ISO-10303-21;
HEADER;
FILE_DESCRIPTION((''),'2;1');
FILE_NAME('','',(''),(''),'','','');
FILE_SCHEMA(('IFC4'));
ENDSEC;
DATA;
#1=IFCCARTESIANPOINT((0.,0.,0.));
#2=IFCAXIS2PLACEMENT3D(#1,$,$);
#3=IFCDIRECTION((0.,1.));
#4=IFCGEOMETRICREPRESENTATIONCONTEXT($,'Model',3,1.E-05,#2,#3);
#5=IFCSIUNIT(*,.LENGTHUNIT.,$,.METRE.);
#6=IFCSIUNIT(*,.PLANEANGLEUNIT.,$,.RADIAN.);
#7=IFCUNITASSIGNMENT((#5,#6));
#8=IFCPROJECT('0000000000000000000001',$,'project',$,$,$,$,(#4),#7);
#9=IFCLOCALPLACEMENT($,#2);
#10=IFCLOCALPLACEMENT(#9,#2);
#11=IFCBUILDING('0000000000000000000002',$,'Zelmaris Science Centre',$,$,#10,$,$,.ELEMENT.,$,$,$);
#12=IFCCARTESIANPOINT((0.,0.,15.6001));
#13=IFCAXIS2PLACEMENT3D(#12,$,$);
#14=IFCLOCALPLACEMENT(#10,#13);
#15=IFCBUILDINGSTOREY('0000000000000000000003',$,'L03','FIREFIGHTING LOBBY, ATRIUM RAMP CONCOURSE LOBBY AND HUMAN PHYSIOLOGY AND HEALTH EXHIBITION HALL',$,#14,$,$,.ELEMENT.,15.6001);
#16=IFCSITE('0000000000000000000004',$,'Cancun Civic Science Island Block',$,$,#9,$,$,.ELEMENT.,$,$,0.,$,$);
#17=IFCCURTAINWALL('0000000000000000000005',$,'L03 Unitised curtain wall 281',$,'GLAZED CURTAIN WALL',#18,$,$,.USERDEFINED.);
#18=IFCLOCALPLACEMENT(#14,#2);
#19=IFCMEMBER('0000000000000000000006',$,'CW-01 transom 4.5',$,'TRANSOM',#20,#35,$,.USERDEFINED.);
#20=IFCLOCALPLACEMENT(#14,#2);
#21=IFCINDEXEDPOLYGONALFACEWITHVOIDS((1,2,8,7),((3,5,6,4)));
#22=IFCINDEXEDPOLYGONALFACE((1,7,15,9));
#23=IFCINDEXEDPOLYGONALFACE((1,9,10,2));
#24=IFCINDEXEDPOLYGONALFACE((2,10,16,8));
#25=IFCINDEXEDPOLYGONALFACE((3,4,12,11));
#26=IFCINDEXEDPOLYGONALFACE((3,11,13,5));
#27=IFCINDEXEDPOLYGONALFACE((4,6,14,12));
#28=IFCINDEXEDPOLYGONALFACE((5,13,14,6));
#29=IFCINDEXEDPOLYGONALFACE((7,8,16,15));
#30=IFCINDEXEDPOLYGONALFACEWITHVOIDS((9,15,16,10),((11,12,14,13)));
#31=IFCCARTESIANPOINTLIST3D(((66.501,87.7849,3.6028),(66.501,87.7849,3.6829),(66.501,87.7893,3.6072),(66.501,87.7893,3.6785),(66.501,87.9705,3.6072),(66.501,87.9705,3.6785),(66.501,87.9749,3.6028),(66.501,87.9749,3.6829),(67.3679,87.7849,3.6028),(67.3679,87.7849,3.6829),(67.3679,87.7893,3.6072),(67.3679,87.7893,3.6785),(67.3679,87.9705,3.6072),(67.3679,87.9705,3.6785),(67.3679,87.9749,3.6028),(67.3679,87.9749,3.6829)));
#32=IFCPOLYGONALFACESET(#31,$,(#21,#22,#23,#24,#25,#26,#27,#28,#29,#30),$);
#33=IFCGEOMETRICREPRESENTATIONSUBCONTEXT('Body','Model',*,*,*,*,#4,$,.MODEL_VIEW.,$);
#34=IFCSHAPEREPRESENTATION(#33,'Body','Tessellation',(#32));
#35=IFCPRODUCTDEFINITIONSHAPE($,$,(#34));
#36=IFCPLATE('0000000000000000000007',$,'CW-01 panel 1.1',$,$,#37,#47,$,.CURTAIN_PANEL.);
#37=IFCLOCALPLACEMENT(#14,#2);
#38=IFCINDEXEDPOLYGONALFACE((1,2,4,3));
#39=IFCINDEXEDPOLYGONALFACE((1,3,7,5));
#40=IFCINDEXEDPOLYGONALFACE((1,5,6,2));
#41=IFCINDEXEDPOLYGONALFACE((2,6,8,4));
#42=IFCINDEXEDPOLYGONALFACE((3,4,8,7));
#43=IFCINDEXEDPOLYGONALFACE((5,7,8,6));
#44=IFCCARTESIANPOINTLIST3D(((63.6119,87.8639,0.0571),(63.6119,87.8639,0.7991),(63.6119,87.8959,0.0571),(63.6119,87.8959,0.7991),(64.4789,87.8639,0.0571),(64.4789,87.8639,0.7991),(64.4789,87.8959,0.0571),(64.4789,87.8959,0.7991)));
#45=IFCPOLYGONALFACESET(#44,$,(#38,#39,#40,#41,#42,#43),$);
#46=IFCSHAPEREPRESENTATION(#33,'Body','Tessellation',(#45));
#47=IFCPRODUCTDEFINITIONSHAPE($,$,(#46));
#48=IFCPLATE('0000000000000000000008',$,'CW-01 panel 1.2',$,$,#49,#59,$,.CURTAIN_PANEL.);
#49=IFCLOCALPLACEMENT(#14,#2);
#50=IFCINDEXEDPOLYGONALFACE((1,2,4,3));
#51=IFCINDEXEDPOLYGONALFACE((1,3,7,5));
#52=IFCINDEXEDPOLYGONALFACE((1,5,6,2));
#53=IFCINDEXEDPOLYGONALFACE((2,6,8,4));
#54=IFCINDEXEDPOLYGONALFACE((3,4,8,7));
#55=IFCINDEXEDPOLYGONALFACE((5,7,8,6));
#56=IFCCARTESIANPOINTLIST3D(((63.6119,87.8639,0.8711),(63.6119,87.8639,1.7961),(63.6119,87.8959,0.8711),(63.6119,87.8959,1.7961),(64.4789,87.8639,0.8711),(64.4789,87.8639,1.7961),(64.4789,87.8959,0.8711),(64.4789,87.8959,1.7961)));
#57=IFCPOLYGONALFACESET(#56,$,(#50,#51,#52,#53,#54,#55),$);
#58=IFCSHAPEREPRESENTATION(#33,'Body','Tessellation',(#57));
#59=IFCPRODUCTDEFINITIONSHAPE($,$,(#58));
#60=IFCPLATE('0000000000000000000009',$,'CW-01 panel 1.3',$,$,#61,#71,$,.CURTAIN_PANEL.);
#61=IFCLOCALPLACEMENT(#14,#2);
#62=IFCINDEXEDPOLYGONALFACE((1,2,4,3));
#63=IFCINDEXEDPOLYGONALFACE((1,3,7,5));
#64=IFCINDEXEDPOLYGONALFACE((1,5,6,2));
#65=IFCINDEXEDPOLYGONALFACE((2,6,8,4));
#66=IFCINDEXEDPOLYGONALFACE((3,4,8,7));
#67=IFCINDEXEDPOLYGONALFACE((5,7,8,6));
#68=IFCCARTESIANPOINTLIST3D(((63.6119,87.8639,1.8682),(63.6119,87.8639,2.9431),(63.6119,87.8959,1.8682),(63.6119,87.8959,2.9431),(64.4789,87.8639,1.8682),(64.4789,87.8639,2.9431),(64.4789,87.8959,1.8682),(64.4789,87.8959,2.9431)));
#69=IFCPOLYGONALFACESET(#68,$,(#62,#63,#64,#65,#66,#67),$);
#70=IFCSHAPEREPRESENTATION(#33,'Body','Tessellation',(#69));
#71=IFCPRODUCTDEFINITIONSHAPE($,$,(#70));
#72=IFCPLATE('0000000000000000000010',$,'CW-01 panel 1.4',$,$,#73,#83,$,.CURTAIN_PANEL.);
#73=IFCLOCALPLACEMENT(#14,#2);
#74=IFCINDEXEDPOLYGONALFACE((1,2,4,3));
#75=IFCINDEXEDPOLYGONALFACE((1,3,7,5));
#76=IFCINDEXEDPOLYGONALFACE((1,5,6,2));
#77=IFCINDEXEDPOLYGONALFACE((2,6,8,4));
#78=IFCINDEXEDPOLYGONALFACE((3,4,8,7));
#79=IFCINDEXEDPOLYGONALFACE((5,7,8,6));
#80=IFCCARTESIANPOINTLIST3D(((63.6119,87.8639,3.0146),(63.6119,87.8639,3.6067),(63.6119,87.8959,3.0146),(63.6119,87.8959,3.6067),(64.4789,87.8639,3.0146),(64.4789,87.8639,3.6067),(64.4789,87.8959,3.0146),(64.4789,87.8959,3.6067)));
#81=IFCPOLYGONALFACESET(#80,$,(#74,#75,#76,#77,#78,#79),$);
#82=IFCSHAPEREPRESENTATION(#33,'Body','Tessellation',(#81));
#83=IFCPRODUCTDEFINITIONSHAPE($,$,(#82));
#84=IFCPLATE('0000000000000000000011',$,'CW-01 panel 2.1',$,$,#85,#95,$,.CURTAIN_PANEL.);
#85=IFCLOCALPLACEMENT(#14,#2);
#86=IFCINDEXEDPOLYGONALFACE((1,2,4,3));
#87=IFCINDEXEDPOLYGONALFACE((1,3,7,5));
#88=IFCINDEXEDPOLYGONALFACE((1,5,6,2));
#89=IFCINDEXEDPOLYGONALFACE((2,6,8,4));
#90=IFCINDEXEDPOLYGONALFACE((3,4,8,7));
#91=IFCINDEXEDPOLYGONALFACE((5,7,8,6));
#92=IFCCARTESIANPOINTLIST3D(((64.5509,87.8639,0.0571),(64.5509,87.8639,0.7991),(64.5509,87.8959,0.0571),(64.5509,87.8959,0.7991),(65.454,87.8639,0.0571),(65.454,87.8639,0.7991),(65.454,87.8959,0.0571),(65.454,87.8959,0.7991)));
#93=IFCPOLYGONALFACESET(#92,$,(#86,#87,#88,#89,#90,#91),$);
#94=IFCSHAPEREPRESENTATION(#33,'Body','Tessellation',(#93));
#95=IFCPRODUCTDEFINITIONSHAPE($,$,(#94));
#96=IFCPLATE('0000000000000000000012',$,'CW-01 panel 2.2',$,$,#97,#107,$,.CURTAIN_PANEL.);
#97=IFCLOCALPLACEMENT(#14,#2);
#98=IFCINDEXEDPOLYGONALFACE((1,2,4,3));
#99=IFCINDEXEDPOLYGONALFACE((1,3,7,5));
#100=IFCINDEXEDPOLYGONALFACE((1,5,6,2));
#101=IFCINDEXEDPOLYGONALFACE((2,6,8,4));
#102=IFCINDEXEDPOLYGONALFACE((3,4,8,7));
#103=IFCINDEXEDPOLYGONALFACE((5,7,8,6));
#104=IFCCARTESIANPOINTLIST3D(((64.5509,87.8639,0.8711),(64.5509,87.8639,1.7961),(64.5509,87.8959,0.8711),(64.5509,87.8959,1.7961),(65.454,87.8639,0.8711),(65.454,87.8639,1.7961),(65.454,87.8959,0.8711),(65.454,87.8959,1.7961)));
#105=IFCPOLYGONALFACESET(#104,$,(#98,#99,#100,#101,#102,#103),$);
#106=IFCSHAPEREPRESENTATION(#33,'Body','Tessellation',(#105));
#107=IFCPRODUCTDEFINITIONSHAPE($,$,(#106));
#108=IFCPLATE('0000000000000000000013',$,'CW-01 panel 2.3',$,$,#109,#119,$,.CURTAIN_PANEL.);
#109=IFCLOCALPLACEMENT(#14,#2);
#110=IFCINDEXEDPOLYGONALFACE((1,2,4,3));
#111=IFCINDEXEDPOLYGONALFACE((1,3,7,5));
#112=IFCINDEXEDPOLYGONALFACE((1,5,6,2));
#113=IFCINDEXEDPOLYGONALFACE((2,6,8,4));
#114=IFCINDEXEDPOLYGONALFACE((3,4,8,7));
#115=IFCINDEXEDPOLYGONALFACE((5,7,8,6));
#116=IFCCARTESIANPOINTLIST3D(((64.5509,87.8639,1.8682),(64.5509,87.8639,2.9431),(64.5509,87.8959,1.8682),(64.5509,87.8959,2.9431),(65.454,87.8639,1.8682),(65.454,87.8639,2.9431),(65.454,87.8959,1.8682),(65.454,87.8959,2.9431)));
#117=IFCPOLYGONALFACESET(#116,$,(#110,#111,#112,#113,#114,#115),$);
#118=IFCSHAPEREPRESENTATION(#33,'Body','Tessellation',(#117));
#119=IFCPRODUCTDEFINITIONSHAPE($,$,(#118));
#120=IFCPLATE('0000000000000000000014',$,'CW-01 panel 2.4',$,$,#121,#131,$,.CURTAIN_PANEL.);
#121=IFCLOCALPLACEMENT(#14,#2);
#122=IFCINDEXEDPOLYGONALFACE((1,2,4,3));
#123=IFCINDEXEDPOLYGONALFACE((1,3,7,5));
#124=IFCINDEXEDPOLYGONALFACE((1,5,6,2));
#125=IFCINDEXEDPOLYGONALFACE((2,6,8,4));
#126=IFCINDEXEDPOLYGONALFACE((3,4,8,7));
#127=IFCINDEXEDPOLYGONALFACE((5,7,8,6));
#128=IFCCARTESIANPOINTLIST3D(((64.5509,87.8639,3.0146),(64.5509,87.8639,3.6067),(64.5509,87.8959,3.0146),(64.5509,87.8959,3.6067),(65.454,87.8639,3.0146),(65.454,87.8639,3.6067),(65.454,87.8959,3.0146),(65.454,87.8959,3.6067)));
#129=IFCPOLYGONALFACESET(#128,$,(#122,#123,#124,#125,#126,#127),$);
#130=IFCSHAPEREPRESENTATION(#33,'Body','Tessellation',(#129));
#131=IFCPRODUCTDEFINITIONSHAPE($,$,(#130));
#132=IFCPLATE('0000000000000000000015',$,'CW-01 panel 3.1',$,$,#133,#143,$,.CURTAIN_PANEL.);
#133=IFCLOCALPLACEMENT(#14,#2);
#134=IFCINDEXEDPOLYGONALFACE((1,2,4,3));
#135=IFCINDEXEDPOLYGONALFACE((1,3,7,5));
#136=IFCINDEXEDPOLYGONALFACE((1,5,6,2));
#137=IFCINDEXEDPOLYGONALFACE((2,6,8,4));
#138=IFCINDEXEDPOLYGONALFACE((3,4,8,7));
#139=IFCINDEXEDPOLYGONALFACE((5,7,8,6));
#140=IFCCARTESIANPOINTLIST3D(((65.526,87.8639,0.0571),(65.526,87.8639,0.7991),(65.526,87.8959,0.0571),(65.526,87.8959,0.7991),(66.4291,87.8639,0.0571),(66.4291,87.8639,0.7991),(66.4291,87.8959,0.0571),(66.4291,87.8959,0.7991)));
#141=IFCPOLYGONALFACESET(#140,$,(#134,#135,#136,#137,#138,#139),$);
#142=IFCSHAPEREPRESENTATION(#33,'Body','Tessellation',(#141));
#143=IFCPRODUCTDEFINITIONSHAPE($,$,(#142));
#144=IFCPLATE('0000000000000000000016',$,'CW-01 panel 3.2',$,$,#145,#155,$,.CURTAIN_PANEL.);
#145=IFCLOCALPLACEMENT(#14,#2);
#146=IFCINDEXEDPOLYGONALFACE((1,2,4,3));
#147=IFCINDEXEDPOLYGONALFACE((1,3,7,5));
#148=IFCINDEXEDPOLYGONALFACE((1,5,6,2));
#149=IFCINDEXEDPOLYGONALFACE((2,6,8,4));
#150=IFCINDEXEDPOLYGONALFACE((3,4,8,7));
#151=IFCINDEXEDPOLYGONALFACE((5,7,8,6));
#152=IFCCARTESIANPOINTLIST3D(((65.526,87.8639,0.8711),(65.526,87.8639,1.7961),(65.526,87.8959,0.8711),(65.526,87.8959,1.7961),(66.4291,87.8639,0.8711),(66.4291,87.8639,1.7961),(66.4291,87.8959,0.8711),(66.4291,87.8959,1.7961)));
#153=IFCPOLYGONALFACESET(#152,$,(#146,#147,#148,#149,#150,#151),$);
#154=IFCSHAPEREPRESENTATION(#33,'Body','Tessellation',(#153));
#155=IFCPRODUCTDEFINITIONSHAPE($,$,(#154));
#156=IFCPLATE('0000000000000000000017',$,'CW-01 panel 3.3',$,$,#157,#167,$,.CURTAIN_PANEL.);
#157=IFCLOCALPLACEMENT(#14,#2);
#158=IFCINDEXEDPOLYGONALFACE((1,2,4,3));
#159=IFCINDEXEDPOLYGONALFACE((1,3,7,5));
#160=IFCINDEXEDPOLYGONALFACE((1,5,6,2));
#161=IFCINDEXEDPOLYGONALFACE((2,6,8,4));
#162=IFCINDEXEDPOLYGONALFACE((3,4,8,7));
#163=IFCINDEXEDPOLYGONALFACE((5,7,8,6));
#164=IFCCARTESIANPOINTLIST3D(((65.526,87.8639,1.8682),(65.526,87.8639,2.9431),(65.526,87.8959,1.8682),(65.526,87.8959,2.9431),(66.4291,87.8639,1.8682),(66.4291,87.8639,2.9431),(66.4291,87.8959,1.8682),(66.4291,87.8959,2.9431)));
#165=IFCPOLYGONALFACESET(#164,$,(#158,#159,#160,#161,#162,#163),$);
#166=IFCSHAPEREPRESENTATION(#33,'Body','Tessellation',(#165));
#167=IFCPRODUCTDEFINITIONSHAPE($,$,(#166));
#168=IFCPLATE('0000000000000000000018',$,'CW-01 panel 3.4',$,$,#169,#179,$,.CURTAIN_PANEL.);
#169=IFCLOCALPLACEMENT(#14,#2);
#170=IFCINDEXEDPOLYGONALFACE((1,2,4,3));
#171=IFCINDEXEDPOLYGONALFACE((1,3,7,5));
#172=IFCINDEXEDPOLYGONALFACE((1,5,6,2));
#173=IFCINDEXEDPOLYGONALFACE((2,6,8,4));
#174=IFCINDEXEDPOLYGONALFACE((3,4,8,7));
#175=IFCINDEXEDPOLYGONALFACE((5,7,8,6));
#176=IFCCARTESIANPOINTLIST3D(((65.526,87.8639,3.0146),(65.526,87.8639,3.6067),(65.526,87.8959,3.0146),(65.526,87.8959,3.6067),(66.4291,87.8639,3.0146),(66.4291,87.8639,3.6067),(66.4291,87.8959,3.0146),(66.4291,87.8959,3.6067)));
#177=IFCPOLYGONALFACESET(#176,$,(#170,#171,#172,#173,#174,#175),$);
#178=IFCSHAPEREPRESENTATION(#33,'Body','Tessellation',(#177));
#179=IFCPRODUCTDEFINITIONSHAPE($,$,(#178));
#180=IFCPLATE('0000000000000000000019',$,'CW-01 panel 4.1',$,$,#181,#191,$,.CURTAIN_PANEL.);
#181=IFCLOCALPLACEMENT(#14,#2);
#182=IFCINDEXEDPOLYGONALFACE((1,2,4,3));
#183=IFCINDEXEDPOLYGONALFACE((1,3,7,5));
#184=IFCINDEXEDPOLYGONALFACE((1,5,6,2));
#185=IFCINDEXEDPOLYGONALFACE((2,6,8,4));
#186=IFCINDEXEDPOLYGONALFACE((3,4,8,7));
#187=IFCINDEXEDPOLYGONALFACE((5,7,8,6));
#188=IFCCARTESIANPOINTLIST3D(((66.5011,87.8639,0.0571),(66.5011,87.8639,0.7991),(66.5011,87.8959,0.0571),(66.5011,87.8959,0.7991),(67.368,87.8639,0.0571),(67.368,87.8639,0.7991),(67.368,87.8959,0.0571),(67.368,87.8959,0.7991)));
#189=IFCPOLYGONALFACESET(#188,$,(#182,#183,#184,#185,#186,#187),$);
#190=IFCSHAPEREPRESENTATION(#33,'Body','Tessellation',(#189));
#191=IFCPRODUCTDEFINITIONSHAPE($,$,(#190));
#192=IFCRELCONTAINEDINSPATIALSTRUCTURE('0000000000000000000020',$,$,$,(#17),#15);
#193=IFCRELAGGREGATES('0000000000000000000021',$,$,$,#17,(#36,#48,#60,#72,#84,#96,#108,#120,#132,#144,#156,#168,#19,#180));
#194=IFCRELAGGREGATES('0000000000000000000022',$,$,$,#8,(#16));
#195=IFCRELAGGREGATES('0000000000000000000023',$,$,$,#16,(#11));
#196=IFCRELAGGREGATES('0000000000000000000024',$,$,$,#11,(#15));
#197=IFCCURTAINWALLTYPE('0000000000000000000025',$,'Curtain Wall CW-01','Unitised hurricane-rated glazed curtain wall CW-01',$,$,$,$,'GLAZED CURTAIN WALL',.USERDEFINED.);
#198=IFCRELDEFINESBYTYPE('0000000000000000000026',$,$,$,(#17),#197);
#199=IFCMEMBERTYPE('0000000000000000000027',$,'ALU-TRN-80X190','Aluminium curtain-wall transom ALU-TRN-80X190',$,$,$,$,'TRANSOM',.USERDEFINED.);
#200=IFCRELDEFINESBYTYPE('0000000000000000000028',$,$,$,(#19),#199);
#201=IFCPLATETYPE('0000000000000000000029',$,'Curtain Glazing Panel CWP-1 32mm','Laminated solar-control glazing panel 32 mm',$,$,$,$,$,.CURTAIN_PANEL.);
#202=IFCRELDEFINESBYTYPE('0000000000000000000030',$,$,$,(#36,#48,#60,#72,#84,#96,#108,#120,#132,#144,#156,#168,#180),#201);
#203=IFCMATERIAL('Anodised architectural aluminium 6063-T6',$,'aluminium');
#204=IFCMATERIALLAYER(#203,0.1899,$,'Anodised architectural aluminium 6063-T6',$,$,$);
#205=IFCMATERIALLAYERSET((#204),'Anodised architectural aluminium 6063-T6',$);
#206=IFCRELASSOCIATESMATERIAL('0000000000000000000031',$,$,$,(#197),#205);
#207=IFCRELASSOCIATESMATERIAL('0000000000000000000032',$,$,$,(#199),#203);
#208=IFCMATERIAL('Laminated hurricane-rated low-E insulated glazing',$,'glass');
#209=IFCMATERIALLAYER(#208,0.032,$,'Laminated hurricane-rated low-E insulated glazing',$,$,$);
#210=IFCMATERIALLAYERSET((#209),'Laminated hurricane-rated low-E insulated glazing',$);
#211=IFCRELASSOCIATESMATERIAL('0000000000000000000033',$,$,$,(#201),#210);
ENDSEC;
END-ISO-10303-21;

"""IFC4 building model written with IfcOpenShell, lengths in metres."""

from ifc_helpers import new_model, si_unit, direction, frame, origin, origin_2d, place, context, subcontext, project, spatial, rectangle, hollow_rectangle, extrude, material, layer, layer_set, material_profile, profile_set, type_object, element, aggregate, save


model = new_model("IFC4")

# Units and contexts
model_context = context("Model", 3, precision=1e-05, world=origin(), true_north=direction((0.0, 1.0)))
body_context = subcontext(model_context, "Body", "Model", "MODEL_VIEW")
ifc_project = project(units=[si_unit("LENGTHUNIT", "METRE"), si_unit("PLANEANGLEUNIT", "RADIAN")], contexts=[model_context])

# Site, building, storey
site_placement = place(None, origin())
site = spatial("IfcSite", under=ifc_project, at=site_placement, Name="Cancun Civic Science Island Block", CompositionType="ELEMENT", RefElevation=0.0)
building_placement = place(site_placement, origin())
building = spatial("IfcBuilding", under=site, at=building_placement, Name="Zelmaris Science Centre", CompositionType="ELEMENT")
storey_placement = place(building_placement, frame((0.0, 0.0, 15.6001)))
storey = spatial("IfcBuildingStorey", under=building, at=storey_placement, Name="L03", Description="FIREFIGHTING LOBBY, ATRIUM RAMP CONCOURSE LOBBY AND HUMAN PHYSIOLOGY AND HEALTH EXHIBITION HALL", CompositionType="ELEMENT", Elevation=15.6001)

# Curtain wall, member, plates
ifc_material_1 = material(Name="Anodised architectural aluminium 6063-T6", Category="aluminium")
ifc_layer_1 = layer(ifc_material_1, 0.1899, Name="Anodised architectural aluminium 6063-T6")
ifc_layer_set_1 = layer_set([ifc_layer_1], Name="Anodised architectural aluminium 6063-T6")
curtain_wall_type = type_object("IfcCurtainWallType", Name="Curtain Wall CW-01", Description="Unitised hurricane-rated glazed curtain wall CW-01", ElementType="GLAZED CURTAIN WALL", PredefinedType="USERDEFINED", material=ifc_layer_set_1)
curtain_wall_placement = place(storey_placement, origin())
curtain_wall = element("IfcCurtainWall", 1, at=curtain_wall_placement, inside=storey, type_object=curtain_wall_type, Name="L03 Unitised curtain wall 281", ObjectType="GLAZED CURTAIN WALL", PredefinedType="USERDEFINED")
ifc_material_profile_1 = material_profile(ifc_material_1, hollow_rectangle(XDim=0.0801, YDim=0.1899, WallThickness=0.0044, at=origin_2d()), Name="ALU-TRN-80X190")
ifc_profile_set_1 = profile_set([ifc_material_profile_1], Name="Anodised architectural aluminium 6063-T6")
member_type_1 = type_object("IfcMemberType", Name="ALU-TRN-80X190", Description="Aluminium curtain-wall transom ALU-TRN-80X190", ElementType="TRANSOM", PredefinedType="USERDEFINED", material=ifc_profile_set_1)
member_1_placement = place(storey_placement, frame((66.501, 87.8799, 3.6428), z_axis=(1.0, 0.0, 0.0), x_axis=(0.0, 0.0, 1.0)))
member_1 = element("IfcMember", 2, at=member_1_placement, type_object=member_type_1, Name="CW-01 transom 4.5", ObjectType="TRANSOM", PredefinedType="USERDEFINED", context=body_context, shape_type="SweptSolid", body=[
    extrude(hollow_rectangle(XDim=0.0801, YDim=0.1899, WallThickness=0.0044, at=origin_2d()), origin(), (0.0, 0.0, 1.0), 0.8669),
])
ifc_material_2 = material(Name="Laminated hurricane-rated low-E insulated glazing", Category="glass")
ifc_layer_2 = layer(ifc_material_2, 0.032, Name="Laminated hurricane-rated low-E insulated glazing")
ifc_layer_set_2 = layer_set([ifc_layer_2], Name="Laminated hurricane-rated low-E insulated glazing")
plate_type = type_object("IfcPlateType", Name="Curtain Glazing Panel CWP-1 32mm", Description="Laminated solar-control glazing panel 32 mm", PredefinedType="CURTAIN_PANEL", material=ifc_layer_set_2)
plate_1_placement = place(storey_placement, frame((64.0454, 87.8799, 0.0571), z_axis=(0.0, 0.0, 1.0), x_axis=(1.0, 0.0, 0.0)))
plate_1 = element("IfcPlate", 3, at=plate_1_placement, type_object=plate_type, Name="CW-01 panel 1.1", PredefinedType="CURTAIN_PANEL", context=body_context, shape_type="SweptSolid", body=[
    extrude(rectangle(XDim=0.8669, YDim=0.032, at=origin_2d()), origin(), (0.0, 0.0, 1.0), 0.7419),
])
plate_2_placement = place(storey_placement, frame((64.0454, 87.8799, 0.8711), z_axis=(0.0, 0.0, 1.0), x_axis=(1.0, 0.0, 0.0)))
plate_2 = element("IfcPlate", 4, at=plate_2_placement, type_object=plate_type, Name="CW-01 panel 1.2", PredefinedType="CURTAIN_PANEL", context=body_context, shape_type="SweptSolid", body=[
    extrude(rectangle(XDim=0.8669, YDim=0.032, at=origin_2d()), origin(), (0.0, 0.0, 1.0), 0.925),
])
plate_3_placement = place(storey_placement, frame((64.0454, 87.8799, 1.8682), z_axis=(0.0, 0.0, 1.0), x_axis=(1.0, 0.0, 0.0)))
plate_3 = element("IfcPlate", 5, at=plate_3_placement, type_object=plate_type, Name="CW-01 panel 1.3", PredefinedType="CURTAIN_PANEL", context=body_context, shape_type="SweptSolid", body=[
    extrude(rectangle(XDim=0.8669, YDim=0.032, at=origin_2d()), origin(), (0.0, 0.0, 1.0), 1.075),
])
plate_4_placement = place(storey_placement, frame((64.0454, 87.8799, 3.0146), z_axis=(0.0, 0.0, 1.0), x_axis=(1.0, 0.0, 0.0)))
plate_4 = element("IfcPlate", 6, at=plate_4_placement, type_object=plate_type, Name="CW-01 panel 1.4", PredefinedType="CURTAIN_PANEL", context=body_context, shape_type="SweptSolid", body=[
    extrude(rectangle(XDim=0.8669, YDim=0.032, at=origin_2d()), origin(), (0.0, 0.0, 1.0), 0.592),
])
plate_5_placement = place(storey_placement, frame((65.0024, 87.8799, 0.0571), z_axis=(0.0, 0.0, 1.0), x_axis=(1.0, 0.0, 0.0)))
plate_5 = element("IfcPlate", 7, at=plate_5_placement, type_object=plate_type, Name="CW-01 panel 2.1", PredefinedType="CURTAIN_PANEL", context=body_context, shape_type="SweptSolid", body=[
    extrude(rectangle(XDim=0.9031, YDim=0.032, at=origin_2d()), origin(), (0.0, 0.0, 1.0), 0.7419),
])
plate_6_placement = place(storey_placement, frame((65.0024, 87.8799, 0.8711), z_axis=(0.0, 0.0, 1.0), x_axis=(1.0, 0.0, 0.0)))
plate_6 = element("IfcPlate", 8, at=plate_6_placement, type_object=plate_type, Name="CW-01 panel 2.2", PredefinedType="CURTAIN_PANEL", context=body_context, shape_type="SweptSolid", body=[
    extrude(rectangle(XDim=0.9031, YDim=0.032, at=origin_2d()), origin(), (0.0, 0.0, 1.0), 0.925),
])
plate_7_placement = place(storey_placement, frame((65.0024, 87.8799, 1.8682), z_axis=(0.0, 0.0, 1.0), x_axis=(1.0, 0.0, 0.0)))
plate_7 = element("IfcPlate", 9, at=plate_7_placement, type_object=plate_type, Name="CW-01 panel 2.3", PredefinedType="CURTAIN_PANEL", context=body_context, shape_type="SweptSolid", body=[
    extrude(rectangle(XDim=0.9031, YDim=0.032, at=origin_2d()), origin(), (0.0, 0.0, 1.0), 1.075),
])
plate_8_placement = place(storey_placement, frame((65.0024, 87.8799, 3.0146), z_axis=(0.0, 0.0, 1.0), x_axis=(1.0, 0.0, 0.0)))
plate_8 = element("IfcPlate", 10, at=plate_8_placement, type_object=plate_type, Name="CW-01 panel 2.4", PredefinedType="CURTAIN_PANEL", context=body_context, shape_type="SweptSolid", body=[
    extrude(rectangle(XDim=0.9031, YDim=0.032, at=origin_2d()), origin(), (0.0, 0.0, 1.0), 0.592),
])
plate_9_placement = place(storey_placement, frame((65.9775, 87.8799, 0.0571), z_axis=(0.0, 0.0, 1.0), x_axis=(1.0, 0.0, 0.0)))
plate_9 = element("IfcPlate", 11, at=plate_9_placement, type_object=plate_type, Name="CW-01 panel 3.1", PredefinedType="CURTAIN_PANEL", context=body_context, shape_type="SweptSolid", body=[
    extrude(rectangle(XDim=0.9031, YDim=0.032, at=origin_2d()), origin(), (0.0, 0.0, 1.0), 0.7419),
])
plate_10_placement = place(storey_placement, frame((65.9775, 87.8799, 0.8711), z_axis=(0.0, 0.0, 1.0), x_axis=(1.0, 0.0, 0.0)))
plate_10 = element("IfcPlate", 12, at=plate_10_placement, type_object=plate_type, Name="CW-01 panel 3.2", PredefinedType="CURTAIN_PANEL", context=body_context, shape_type="SweptSolid", body=[
    extrude(rectangle(XDim=0.9031, YDim=0.032, at=origin_2d()), origin(), (0.0, 0.0, 1.0), 0.925),
])
plate_11_placement = place(storey_placement, frame((65.9775, 87.8799, 1.8682), z_axis=(0.0, 0.0, 1.0), x_axis=(1.0, 0.0, 0.0)))
plate_11 = element("IfcPlate", 13, at=plate_11_placement, type_object=plate_type, Name="CW-01 panel 3.3", PredefinedType="CURTAIN_PANEL", context=body_context, shape_type="SweptSolid", body=[
    extrude(rectangle(XDim=0.9031, YDim=0.032, at=origin_2d()), origin(), (0.0, 0.0, 1.0), 1.075),
])
plate_12_placement = place(storey_placement, frame((65.9775, 87.8799, 3.0146), z_axis=(0.0, 0.0, 1.0), x_axis=(1.0, 0.0, 0.0)))
plate_12 = element("IfcPlate", 14, at=plate_12_placement, type_object=plate_type, Name="CW-01 panel 3.4", PredefinedType="CURTAIN_PANEL", context=body_context, shape_type="SweptSolid", body=[
    extrude(rectangle(XDim=0.9031, YDim=0.032, at=origin_2d()), origin(), (0.0, 0.0, 1.0), 0.592),
])
plate_13_placement = place(storey_placement, frame((66.9346, 87.8799, 0.0571), z_axis=(0.0, 0.0, 1.0), x_axis=(1.0, 0.0, 0.0)))
plate_13 = element("IfcPlate", 15, at=plate_13_placement, type_object=plate_type, Name="CW-01 panel 4.1", PredefinedType="CURTAIN_PANEL", context=body_context, shape_type="SweptSolid", body=[
    extrude(rectangle(XDim=0.8669, YDim=0.032, at=origin_2d()), origin(), (0.0, 0.0, 1.0), 0.7419),
])
aggregate(curtain_wall, [plate_1, plate_2, plate_3, plate_4, plate_5, plate_6, plate_7, plate_8, plate_9, plate_10, plate_11, plate_12, member_1, plate_13])

save(model, "model.ifc")
